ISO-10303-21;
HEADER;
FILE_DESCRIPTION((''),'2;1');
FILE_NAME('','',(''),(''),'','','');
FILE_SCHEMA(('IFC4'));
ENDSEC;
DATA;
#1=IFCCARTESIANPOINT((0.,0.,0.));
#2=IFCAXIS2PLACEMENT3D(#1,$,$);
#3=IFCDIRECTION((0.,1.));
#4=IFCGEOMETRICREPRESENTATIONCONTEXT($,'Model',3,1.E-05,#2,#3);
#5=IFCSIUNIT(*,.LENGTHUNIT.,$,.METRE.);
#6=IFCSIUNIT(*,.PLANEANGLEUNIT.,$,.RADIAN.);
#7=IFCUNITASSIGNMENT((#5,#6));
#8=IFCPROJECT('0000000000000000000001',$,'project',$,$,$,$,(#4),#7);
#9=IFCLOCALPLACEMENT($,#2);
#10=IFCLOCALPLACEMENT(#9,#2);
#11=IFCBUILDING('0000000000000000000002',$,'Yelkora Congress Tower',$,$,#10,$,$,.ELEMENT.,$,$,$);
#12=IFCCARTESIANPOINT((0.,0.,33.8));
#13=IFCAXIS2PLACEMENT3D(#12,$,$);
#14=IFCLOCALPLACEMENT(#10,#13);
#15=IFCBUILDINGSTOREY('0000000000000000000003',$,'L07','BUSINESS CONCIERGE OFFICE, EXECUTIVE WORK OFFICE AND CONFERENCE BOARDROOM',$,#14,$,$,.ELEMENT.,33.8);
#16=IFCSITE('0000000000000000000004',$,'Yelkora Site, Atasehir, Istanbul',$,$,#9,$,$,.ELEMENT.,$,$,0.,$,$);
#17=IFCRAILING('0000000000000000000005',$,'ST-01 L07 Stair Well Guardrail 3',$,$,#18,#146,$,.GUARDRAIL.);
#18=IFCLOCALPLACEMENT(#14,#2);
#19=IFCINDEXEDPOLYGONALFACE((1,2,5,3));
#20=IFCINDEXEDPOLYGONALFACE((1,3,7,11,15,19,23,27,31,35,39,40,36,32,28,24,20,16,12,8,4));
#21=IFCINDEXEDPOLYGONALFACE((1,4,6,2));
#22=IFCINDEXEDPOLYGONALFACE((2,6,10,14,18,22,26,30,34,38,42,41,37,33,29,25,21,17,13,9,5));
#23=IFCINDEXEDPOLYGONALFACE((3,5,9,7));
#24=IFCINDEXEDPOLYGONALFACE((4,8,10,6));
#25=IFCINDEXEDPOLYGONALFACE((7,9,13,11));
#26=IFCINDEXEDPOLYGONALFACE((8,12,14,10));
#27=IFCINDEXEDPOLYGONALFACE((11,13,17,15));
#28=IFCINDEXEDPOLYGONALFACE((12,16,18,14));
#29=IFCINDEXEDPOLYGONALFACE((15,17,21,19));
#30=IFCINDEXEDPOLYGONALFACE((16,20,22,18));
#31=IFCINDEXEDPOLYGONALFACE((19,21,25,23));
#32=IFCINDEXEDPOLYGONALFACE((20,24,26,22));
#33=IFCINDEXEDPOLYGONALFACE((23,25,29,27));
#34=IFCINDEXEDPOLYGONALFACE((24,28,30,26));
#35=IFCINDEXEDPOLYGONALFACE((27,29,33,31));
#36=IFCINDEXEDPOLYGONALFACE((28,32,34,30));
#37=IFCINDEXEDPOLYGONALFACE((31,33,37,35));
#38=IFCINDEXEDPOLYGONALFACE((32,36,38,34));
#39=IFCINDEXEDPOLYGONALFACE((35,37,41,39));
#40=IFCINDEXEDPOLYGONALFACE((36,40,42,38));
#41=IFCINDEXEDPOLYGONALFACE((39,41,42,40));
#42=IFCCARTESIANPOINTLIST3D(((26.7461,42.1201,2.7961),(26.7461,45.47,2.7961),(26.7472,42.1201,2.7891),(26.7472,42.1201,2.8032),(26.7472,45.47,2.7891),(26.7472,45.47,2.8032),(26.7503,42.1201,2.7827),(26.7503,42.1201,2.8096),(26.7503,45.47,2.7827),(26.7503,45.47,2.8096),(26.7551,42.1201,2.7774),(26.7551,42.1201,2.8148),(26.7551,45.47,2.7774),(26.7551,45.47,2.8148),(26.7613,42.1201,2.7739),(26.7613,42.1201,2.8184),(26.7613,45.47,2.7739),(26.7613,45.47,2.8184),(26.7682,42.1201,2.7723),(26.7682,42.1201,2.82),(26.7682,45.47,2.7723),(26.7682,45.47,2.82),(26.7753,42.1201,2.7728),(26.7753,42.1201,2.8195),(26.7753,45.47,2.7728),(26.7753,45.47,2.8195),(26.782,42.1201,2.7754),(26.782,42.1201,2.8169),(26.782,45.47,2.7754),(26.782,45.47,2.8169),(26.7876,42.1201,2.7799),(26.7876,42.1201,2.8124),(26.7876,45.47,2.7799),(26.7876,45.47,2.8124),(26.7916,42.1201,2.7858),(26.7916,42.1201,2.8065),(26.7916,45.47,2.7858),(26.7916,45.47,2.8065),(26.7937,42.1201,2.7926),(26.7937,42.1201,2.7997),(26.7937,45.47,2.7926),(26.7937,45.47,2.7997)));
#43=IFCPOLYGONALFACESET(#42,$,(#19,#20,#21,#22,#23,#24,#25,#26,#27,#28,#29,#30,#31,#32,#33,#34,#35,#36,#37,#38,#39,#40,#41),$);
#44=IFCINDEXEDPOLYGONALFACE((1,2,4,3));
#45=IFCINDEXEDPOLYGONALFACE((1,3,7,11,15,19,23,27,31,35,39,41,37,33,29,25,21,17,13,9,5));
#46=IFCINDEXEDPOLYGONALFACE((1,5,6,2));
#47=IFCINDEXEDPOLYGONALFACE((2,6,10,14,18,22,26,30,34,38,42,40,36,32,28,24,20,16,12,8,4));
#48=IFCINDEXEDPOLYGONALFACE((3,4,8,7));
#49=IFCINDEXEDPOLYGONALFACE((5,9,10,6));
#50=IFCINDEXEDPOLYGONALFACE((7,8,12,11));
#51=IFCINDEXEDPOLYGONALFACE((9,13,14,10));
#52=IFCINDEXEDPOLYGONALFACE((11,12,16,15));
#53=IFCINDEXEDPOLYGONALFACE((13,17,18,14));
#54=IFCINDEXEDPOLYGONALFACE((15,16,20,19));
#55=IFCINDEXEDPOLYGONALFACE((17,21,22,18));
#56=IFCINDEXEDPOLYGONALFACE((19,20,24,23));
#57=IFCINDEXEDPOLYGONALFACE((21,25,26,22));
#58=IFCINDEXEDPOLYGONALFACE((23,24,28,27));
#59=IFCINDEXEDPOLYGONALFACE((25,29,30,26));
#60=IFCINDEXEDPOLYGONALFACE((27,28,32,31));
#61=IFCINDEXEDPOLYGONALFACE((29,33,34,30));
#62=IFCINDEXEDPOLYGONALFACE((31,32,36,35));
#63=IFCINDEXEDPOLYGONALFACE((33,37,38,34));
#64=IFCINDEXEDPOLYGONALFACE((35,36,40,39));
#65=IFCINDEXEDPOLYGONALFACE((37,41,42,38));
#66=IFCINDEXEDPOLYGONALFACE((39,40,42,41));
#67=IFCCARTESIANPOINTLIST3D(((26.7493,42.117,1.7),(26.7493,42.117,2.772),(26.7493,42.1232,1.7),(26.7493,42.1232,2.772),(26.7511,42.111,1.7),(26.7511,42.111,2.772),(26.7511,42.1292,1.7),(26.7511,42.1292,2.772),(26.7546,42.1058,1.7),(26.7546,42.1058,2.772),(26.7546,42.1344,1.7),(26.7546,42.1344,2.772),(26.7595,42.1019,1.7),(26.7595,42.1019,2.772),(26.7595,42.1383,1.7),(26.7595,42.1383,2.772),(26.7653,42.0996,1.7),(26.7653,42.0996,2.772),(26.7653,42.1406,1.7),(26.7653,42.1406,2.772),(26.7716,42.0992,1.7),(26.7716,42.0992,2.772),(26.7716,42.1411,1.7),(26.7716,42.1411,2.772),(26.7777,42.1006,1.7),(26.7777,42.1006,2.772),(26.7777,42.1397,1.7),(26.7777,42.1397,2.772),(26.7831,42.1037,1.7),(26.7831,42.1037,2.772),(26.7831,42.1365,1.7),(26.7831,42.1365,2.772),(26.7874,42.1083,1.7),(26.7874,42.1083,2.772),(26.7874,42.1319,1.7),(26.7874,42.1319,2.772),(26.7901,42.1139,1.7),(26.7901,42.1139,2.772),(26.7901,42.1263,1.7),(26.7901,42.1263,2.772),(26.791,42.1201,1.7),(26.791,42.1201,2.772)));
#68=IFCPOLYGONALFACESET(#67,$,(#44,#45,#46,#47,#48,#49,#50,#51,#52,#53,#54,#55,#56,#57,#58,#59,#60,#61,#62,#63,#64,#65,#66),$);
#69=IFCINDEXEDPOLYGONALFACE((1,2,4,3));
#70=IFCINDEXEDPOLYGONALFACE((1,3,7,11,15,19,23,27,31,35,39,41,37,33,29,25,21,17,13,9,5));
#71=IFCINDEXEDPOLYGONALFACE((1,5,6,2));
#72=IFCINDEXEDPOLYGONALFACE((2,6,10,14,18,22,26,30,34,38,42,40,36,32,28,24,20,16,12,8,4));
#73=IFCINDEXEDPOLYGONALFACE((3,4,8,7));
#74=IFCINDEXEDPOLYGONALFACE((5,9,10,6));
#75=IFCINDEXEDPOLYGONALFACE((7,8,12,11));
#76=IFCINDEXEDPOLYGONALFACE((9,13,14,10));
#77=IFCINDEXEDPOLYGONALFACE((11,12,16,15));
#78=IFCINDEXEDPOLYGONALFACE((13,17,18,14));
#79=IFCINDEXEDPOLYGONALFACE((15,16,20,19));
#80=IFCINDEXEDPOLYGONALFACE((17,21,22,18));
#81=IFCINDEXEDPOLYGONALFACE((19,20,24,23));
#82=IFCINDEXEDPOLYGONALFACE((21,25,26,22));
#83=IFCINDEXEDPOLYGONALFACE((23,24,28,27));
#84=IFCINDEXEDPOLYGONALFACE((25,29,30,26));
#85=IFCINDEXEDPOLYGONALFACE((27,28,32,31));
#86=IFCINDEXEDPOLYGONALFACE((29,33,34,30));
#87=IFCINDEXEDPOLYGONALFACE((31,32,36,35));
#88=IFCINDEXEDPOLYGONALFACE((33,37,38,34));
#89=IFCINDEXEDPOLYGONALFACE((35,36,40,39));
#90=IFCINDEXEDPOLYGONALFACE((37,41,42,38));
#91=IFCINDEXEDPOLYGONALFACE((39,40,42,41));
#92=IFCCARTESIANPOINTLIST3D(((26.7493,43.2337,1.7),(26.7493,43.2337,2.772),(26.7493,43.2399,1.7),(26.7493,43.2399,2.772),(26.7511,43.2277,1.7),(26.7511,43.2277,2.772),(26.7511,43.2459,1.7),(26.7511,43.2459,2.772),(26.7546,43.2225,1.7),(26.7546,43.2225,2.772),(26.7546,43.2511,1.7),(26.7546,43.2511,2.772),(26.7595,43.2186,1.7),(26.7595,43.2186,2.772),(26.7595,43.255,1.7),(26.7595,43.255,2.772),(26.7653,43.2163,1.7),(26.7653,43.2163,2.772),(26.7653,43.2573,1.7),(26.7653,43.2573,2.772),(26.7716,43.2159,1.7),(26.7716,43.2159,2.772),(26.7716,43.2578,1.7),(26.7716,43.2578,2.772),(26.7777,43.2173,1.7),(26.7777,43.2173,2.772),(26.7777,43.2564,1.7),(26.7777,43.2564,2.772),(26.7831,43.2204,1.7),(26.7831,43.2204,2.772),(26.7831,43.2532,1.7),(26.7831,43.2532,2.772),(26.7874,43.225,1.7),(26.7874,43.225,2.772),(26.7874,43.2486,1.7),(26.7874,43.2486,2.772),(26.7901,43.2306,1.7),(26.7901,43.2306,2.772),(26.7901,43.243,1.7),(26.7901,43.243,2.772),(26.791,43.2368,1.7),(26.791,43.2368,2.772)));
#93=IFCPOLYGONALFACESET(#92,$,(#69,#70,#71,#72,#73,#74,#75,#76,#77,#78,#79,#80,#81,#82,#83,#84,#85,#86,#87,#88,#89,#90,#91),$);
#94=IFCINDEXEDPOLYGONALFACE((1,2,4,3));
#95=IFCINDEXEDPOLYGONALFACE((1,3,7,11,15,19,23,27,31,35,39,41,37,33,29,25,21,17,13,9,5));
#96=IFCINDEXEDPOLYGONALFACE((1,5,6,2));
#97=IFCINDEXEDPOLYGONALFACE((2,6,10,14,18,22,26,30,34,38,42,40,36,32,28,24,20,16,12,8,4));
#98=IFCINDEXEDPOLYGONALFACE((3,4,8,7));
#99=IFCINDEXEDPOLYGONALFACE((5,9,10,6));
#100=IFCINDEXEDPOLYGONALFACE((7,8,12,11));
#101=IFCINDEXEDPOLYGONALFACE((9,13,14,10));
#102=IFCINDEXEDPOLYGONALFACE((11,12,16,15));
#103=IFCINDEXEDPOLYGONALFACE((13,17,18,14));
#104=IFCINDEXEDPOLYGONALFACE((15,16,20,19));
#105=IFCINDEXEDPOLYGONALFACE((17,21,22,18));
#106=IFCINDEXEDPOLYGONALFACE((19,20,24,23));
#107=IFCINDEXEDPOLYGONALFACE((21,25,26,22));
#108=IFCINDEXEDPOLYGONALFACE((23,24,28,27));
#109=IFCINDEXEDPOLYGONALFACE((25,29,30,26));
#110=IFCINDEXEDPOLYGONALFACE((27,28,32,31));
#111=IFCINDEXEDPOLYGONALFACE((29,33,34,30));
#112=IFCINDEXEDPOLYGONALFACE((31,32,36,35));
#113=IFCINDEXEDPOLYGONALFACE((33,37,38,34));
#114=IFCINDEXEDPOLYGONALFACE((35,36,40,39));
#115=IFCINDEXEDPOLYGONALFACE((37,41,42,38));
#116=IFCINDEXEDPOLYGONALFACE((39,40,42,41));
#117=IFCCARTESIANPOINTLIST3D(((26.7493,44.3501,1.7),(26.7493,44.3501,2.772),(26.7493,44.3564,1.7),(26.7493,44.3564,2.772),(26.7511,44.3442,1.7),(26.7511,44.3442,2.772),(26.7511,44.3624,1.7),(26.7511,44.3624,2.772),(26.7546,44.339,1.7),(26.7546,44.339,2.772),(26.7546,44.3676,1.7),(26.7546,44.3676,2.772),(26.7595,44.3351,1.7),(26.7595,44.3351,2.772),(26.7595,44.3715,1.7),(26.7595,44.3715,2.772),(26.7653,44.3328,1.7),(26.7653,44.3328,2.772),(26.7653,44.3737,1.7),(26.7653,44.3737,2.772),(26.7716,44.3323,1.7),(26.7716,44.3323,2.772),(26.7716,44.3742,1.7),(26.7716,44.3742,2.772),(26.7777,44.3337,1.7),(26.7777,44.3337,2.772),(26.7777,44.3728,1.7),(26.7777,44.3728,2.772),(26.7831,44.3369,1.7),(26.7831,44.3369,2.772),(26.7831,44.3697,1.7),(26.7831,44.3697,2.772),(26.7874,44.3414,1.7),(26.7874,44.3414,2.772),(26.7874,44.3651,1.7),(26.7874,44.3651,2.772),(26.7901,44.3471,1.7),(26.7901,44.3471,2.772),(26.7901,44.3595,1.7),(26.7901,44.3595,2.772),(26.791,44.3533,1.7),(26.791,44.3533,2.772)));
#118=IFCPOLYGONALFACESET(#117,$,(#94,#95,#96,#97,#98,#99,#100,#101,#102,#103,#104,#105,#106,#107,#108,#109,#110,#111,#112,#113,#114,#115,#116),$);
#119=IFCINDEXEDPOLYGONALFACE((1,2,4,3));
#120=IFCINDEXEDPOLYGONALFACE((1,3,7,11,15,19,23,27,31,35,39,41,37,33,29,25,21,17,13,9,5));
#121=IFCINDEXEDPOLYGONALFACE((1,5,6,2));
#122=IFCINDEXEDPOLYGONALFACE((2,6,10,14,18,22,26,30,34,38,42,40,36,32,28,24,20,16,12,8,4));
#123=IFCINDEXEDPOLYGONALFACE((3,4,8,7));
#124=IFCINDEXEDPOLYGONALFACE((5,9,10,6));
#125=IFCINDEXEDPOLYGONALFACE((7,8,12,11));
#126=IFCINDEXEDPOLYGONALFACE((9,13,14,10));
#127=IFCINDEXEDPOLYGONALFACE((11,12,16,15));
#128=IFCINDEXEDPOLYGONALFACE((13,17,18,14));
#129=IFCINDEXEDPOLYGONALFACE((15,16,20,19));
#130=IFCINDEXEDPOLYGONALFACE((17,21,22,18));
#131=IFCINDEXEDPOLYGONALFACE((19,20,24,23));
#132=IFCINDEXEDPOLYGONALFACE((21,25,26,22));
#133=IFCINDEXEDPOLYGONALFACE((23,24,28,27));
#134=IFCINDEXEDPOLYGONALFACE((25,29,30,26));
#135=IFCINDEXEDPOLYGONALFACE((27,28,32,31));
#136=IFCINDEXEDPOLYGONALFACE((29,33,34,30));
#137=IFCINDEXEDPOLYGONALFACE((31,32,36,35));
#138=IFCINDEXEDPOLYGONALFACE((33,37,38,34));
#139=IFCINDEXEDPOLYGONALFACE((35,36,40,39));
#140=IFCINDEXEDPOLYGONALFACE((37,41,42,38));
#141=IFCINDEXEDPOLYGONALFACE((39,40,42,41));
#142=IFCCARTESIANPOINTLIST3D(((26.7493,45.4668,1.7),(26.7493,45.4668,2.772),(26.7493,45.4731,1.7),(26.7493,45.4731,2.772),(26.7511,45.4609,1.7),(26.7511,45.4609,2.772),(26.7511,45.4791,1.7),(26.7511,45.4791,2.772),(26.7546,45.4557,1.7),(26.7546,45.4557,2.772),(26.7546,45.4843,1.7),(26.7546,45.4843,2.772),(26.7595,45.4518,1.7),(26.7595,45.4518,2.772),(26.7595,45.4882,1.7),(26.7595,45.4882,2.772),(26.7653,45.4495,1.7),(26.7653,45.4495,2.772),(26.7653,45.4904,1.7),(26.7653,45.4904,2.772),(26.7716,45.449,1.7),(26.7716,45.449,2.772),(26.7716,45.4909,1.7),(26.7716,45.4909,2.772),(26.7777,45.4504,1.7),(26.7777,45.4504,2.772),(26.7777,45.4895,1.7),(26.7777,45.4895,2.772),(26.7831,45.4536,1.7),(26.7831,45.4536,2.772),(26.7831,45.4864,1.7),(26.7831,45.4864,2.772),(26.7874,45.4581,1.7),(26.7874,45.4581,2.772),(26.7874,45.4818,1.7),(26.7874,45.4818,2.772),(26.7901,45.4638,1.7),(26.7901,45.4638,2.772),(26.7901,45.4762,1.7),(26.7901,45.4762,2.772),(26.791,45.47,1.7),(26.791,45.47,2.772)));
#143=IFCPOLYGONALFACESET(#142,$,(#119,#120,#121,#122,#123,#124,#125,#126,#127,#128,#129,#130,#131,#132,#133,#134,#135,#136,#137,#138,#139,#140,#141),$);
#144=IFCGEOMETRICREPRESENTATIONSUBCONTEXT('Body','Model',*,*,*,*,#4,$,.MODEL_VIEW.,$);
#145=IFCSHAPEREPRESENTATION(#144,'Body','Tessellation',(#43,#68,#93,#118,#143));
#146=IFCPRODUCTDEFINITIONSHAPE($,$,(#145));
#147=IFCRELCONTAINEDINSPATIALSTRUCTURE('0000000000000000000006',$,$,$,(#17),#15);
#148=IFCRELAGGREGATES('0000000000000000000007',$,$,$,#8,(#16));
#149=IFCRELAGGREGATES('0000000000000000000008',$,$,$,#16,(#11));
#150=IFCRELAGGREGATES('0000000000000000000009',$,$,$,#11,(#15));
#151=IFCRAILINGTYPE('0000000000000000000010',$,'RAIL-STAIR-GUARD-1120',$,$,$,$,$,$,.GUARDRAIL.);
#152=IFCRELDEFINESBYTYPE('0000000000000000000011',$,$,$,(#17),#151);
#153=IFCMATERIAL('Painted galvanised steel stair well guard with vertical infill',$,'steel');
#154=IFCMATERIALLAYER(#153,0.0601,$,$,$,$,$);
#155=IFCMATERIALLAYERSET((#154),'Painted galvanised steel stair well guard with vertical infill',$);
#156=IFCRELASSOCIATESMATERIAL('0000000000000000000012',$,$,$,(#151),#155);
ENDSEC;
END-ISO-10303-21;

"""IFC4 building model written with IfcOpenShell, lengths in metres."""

from ifc_helpers import new_model, si_unit, direction, frame, origin, origin_2d, place, context, subcontext, project, spatial, circle, extrude, material, layer, layer_set, type_object, element, save


model = new_model("IFC4")

# Units and contexts
model_context = context("Model", 3, precision=1e-05, world=origin(), true_north=direction((0.0, 1.0)))
body_context = subcontext(model_context, "Body", "Model", "MODEL_VIEW")
ifc_project = project(units=[si_unit("LENGTHUNIT", "METRE"), si_unit("PLANEANGLEUNIT", "RADIAN")], contexts=[model_context])

# Site, building, storey
site_placement = place(None, origin())
site = spatial("IfcSite", under=ifc_project, at=site_placement, Name="Yelkora Site, Atasehir, Istanbul", CompositionType="ELEMENT", RefElevation=0.0)
building_placement = place(site_placement, origin())
building = spatial("IfcBuilding", under=site, at=building_placement, Name="Yelkora Congress Tower", CompositionType="ELEMENT")
storey_placement = place(building_placement, frame((0.0, 0.0, 33.8)))
storey = spatial("IfcBuildingStorey", under=building, at=storey_placement, Name="L07", Description="BUSINESS CONCIERGE OFFICE, EXECUTIVE WORK OFFICE AND CONFERENCE BOARDROOM", CompositionType="ELEMENT", Elevation=33.8)

# Railing
ifc_material_1 = material(Name="Painted galvanised steel stair well guard with vertical infill", Category="steel")
ifc_layer_1 = layer(ifc_material_1, 0.0601)
ifc_layer_set_1 = layer_set([ifc_layer_1], Name="Painted galvanised steel stair well guard with vertical infill")
railing_type_1 = type_object("IfcRailingType", Name="RAIL-STAIR-GUARD-1120", PredefinedType="GUARDRAIL", material=ifc_layer_set_1)
for number, where, name in (
    (1, (26.77, 42.1201, 1.7), "ST-01 L07 Stair Well Guardrail 3"),
):
    element("IfcRailing", number, at=place(storey_placement, frame(where)), inside=storey, type_object=railing_type_1, Name=name, PredefinedType="GUARDRAIL", context=body_context, shape_type="SweptSolid", body=[
        extrude(circle(Radius=0.0239, at=origin_2d()), frame((0.0, 0.0, 1.0962), z_axis=(0.0, 1.0, 0.0), x_axis=(-1.0, 0.0, 0.0)), (0.0, 0.0, 1.0), 3.3499),
        extrude(circle(Radius=0.021, at=origin_2d()), origin(), (0.0, 0.0, 1.0), 1.072),
        extrude(circle(Radius=0.021, at=origin_2d()), frame((0.0, 1.1167, 0.0)), (0.0, 0.0, 1.0), 1.072),
        extrude(circle(Radius=0.021, at=origin_2d()), frame((0.0, 2.2332, 0.0)), (0.0, 0.0, 1.0), 1.072),
        extrude(circle(Radius=0.021, at=origin_2d()), frame((0.0, 3.3499, 0.0)), (0.0, 0.0, 1.0), 1.072),
    ])

save(model, "model.ifc")
